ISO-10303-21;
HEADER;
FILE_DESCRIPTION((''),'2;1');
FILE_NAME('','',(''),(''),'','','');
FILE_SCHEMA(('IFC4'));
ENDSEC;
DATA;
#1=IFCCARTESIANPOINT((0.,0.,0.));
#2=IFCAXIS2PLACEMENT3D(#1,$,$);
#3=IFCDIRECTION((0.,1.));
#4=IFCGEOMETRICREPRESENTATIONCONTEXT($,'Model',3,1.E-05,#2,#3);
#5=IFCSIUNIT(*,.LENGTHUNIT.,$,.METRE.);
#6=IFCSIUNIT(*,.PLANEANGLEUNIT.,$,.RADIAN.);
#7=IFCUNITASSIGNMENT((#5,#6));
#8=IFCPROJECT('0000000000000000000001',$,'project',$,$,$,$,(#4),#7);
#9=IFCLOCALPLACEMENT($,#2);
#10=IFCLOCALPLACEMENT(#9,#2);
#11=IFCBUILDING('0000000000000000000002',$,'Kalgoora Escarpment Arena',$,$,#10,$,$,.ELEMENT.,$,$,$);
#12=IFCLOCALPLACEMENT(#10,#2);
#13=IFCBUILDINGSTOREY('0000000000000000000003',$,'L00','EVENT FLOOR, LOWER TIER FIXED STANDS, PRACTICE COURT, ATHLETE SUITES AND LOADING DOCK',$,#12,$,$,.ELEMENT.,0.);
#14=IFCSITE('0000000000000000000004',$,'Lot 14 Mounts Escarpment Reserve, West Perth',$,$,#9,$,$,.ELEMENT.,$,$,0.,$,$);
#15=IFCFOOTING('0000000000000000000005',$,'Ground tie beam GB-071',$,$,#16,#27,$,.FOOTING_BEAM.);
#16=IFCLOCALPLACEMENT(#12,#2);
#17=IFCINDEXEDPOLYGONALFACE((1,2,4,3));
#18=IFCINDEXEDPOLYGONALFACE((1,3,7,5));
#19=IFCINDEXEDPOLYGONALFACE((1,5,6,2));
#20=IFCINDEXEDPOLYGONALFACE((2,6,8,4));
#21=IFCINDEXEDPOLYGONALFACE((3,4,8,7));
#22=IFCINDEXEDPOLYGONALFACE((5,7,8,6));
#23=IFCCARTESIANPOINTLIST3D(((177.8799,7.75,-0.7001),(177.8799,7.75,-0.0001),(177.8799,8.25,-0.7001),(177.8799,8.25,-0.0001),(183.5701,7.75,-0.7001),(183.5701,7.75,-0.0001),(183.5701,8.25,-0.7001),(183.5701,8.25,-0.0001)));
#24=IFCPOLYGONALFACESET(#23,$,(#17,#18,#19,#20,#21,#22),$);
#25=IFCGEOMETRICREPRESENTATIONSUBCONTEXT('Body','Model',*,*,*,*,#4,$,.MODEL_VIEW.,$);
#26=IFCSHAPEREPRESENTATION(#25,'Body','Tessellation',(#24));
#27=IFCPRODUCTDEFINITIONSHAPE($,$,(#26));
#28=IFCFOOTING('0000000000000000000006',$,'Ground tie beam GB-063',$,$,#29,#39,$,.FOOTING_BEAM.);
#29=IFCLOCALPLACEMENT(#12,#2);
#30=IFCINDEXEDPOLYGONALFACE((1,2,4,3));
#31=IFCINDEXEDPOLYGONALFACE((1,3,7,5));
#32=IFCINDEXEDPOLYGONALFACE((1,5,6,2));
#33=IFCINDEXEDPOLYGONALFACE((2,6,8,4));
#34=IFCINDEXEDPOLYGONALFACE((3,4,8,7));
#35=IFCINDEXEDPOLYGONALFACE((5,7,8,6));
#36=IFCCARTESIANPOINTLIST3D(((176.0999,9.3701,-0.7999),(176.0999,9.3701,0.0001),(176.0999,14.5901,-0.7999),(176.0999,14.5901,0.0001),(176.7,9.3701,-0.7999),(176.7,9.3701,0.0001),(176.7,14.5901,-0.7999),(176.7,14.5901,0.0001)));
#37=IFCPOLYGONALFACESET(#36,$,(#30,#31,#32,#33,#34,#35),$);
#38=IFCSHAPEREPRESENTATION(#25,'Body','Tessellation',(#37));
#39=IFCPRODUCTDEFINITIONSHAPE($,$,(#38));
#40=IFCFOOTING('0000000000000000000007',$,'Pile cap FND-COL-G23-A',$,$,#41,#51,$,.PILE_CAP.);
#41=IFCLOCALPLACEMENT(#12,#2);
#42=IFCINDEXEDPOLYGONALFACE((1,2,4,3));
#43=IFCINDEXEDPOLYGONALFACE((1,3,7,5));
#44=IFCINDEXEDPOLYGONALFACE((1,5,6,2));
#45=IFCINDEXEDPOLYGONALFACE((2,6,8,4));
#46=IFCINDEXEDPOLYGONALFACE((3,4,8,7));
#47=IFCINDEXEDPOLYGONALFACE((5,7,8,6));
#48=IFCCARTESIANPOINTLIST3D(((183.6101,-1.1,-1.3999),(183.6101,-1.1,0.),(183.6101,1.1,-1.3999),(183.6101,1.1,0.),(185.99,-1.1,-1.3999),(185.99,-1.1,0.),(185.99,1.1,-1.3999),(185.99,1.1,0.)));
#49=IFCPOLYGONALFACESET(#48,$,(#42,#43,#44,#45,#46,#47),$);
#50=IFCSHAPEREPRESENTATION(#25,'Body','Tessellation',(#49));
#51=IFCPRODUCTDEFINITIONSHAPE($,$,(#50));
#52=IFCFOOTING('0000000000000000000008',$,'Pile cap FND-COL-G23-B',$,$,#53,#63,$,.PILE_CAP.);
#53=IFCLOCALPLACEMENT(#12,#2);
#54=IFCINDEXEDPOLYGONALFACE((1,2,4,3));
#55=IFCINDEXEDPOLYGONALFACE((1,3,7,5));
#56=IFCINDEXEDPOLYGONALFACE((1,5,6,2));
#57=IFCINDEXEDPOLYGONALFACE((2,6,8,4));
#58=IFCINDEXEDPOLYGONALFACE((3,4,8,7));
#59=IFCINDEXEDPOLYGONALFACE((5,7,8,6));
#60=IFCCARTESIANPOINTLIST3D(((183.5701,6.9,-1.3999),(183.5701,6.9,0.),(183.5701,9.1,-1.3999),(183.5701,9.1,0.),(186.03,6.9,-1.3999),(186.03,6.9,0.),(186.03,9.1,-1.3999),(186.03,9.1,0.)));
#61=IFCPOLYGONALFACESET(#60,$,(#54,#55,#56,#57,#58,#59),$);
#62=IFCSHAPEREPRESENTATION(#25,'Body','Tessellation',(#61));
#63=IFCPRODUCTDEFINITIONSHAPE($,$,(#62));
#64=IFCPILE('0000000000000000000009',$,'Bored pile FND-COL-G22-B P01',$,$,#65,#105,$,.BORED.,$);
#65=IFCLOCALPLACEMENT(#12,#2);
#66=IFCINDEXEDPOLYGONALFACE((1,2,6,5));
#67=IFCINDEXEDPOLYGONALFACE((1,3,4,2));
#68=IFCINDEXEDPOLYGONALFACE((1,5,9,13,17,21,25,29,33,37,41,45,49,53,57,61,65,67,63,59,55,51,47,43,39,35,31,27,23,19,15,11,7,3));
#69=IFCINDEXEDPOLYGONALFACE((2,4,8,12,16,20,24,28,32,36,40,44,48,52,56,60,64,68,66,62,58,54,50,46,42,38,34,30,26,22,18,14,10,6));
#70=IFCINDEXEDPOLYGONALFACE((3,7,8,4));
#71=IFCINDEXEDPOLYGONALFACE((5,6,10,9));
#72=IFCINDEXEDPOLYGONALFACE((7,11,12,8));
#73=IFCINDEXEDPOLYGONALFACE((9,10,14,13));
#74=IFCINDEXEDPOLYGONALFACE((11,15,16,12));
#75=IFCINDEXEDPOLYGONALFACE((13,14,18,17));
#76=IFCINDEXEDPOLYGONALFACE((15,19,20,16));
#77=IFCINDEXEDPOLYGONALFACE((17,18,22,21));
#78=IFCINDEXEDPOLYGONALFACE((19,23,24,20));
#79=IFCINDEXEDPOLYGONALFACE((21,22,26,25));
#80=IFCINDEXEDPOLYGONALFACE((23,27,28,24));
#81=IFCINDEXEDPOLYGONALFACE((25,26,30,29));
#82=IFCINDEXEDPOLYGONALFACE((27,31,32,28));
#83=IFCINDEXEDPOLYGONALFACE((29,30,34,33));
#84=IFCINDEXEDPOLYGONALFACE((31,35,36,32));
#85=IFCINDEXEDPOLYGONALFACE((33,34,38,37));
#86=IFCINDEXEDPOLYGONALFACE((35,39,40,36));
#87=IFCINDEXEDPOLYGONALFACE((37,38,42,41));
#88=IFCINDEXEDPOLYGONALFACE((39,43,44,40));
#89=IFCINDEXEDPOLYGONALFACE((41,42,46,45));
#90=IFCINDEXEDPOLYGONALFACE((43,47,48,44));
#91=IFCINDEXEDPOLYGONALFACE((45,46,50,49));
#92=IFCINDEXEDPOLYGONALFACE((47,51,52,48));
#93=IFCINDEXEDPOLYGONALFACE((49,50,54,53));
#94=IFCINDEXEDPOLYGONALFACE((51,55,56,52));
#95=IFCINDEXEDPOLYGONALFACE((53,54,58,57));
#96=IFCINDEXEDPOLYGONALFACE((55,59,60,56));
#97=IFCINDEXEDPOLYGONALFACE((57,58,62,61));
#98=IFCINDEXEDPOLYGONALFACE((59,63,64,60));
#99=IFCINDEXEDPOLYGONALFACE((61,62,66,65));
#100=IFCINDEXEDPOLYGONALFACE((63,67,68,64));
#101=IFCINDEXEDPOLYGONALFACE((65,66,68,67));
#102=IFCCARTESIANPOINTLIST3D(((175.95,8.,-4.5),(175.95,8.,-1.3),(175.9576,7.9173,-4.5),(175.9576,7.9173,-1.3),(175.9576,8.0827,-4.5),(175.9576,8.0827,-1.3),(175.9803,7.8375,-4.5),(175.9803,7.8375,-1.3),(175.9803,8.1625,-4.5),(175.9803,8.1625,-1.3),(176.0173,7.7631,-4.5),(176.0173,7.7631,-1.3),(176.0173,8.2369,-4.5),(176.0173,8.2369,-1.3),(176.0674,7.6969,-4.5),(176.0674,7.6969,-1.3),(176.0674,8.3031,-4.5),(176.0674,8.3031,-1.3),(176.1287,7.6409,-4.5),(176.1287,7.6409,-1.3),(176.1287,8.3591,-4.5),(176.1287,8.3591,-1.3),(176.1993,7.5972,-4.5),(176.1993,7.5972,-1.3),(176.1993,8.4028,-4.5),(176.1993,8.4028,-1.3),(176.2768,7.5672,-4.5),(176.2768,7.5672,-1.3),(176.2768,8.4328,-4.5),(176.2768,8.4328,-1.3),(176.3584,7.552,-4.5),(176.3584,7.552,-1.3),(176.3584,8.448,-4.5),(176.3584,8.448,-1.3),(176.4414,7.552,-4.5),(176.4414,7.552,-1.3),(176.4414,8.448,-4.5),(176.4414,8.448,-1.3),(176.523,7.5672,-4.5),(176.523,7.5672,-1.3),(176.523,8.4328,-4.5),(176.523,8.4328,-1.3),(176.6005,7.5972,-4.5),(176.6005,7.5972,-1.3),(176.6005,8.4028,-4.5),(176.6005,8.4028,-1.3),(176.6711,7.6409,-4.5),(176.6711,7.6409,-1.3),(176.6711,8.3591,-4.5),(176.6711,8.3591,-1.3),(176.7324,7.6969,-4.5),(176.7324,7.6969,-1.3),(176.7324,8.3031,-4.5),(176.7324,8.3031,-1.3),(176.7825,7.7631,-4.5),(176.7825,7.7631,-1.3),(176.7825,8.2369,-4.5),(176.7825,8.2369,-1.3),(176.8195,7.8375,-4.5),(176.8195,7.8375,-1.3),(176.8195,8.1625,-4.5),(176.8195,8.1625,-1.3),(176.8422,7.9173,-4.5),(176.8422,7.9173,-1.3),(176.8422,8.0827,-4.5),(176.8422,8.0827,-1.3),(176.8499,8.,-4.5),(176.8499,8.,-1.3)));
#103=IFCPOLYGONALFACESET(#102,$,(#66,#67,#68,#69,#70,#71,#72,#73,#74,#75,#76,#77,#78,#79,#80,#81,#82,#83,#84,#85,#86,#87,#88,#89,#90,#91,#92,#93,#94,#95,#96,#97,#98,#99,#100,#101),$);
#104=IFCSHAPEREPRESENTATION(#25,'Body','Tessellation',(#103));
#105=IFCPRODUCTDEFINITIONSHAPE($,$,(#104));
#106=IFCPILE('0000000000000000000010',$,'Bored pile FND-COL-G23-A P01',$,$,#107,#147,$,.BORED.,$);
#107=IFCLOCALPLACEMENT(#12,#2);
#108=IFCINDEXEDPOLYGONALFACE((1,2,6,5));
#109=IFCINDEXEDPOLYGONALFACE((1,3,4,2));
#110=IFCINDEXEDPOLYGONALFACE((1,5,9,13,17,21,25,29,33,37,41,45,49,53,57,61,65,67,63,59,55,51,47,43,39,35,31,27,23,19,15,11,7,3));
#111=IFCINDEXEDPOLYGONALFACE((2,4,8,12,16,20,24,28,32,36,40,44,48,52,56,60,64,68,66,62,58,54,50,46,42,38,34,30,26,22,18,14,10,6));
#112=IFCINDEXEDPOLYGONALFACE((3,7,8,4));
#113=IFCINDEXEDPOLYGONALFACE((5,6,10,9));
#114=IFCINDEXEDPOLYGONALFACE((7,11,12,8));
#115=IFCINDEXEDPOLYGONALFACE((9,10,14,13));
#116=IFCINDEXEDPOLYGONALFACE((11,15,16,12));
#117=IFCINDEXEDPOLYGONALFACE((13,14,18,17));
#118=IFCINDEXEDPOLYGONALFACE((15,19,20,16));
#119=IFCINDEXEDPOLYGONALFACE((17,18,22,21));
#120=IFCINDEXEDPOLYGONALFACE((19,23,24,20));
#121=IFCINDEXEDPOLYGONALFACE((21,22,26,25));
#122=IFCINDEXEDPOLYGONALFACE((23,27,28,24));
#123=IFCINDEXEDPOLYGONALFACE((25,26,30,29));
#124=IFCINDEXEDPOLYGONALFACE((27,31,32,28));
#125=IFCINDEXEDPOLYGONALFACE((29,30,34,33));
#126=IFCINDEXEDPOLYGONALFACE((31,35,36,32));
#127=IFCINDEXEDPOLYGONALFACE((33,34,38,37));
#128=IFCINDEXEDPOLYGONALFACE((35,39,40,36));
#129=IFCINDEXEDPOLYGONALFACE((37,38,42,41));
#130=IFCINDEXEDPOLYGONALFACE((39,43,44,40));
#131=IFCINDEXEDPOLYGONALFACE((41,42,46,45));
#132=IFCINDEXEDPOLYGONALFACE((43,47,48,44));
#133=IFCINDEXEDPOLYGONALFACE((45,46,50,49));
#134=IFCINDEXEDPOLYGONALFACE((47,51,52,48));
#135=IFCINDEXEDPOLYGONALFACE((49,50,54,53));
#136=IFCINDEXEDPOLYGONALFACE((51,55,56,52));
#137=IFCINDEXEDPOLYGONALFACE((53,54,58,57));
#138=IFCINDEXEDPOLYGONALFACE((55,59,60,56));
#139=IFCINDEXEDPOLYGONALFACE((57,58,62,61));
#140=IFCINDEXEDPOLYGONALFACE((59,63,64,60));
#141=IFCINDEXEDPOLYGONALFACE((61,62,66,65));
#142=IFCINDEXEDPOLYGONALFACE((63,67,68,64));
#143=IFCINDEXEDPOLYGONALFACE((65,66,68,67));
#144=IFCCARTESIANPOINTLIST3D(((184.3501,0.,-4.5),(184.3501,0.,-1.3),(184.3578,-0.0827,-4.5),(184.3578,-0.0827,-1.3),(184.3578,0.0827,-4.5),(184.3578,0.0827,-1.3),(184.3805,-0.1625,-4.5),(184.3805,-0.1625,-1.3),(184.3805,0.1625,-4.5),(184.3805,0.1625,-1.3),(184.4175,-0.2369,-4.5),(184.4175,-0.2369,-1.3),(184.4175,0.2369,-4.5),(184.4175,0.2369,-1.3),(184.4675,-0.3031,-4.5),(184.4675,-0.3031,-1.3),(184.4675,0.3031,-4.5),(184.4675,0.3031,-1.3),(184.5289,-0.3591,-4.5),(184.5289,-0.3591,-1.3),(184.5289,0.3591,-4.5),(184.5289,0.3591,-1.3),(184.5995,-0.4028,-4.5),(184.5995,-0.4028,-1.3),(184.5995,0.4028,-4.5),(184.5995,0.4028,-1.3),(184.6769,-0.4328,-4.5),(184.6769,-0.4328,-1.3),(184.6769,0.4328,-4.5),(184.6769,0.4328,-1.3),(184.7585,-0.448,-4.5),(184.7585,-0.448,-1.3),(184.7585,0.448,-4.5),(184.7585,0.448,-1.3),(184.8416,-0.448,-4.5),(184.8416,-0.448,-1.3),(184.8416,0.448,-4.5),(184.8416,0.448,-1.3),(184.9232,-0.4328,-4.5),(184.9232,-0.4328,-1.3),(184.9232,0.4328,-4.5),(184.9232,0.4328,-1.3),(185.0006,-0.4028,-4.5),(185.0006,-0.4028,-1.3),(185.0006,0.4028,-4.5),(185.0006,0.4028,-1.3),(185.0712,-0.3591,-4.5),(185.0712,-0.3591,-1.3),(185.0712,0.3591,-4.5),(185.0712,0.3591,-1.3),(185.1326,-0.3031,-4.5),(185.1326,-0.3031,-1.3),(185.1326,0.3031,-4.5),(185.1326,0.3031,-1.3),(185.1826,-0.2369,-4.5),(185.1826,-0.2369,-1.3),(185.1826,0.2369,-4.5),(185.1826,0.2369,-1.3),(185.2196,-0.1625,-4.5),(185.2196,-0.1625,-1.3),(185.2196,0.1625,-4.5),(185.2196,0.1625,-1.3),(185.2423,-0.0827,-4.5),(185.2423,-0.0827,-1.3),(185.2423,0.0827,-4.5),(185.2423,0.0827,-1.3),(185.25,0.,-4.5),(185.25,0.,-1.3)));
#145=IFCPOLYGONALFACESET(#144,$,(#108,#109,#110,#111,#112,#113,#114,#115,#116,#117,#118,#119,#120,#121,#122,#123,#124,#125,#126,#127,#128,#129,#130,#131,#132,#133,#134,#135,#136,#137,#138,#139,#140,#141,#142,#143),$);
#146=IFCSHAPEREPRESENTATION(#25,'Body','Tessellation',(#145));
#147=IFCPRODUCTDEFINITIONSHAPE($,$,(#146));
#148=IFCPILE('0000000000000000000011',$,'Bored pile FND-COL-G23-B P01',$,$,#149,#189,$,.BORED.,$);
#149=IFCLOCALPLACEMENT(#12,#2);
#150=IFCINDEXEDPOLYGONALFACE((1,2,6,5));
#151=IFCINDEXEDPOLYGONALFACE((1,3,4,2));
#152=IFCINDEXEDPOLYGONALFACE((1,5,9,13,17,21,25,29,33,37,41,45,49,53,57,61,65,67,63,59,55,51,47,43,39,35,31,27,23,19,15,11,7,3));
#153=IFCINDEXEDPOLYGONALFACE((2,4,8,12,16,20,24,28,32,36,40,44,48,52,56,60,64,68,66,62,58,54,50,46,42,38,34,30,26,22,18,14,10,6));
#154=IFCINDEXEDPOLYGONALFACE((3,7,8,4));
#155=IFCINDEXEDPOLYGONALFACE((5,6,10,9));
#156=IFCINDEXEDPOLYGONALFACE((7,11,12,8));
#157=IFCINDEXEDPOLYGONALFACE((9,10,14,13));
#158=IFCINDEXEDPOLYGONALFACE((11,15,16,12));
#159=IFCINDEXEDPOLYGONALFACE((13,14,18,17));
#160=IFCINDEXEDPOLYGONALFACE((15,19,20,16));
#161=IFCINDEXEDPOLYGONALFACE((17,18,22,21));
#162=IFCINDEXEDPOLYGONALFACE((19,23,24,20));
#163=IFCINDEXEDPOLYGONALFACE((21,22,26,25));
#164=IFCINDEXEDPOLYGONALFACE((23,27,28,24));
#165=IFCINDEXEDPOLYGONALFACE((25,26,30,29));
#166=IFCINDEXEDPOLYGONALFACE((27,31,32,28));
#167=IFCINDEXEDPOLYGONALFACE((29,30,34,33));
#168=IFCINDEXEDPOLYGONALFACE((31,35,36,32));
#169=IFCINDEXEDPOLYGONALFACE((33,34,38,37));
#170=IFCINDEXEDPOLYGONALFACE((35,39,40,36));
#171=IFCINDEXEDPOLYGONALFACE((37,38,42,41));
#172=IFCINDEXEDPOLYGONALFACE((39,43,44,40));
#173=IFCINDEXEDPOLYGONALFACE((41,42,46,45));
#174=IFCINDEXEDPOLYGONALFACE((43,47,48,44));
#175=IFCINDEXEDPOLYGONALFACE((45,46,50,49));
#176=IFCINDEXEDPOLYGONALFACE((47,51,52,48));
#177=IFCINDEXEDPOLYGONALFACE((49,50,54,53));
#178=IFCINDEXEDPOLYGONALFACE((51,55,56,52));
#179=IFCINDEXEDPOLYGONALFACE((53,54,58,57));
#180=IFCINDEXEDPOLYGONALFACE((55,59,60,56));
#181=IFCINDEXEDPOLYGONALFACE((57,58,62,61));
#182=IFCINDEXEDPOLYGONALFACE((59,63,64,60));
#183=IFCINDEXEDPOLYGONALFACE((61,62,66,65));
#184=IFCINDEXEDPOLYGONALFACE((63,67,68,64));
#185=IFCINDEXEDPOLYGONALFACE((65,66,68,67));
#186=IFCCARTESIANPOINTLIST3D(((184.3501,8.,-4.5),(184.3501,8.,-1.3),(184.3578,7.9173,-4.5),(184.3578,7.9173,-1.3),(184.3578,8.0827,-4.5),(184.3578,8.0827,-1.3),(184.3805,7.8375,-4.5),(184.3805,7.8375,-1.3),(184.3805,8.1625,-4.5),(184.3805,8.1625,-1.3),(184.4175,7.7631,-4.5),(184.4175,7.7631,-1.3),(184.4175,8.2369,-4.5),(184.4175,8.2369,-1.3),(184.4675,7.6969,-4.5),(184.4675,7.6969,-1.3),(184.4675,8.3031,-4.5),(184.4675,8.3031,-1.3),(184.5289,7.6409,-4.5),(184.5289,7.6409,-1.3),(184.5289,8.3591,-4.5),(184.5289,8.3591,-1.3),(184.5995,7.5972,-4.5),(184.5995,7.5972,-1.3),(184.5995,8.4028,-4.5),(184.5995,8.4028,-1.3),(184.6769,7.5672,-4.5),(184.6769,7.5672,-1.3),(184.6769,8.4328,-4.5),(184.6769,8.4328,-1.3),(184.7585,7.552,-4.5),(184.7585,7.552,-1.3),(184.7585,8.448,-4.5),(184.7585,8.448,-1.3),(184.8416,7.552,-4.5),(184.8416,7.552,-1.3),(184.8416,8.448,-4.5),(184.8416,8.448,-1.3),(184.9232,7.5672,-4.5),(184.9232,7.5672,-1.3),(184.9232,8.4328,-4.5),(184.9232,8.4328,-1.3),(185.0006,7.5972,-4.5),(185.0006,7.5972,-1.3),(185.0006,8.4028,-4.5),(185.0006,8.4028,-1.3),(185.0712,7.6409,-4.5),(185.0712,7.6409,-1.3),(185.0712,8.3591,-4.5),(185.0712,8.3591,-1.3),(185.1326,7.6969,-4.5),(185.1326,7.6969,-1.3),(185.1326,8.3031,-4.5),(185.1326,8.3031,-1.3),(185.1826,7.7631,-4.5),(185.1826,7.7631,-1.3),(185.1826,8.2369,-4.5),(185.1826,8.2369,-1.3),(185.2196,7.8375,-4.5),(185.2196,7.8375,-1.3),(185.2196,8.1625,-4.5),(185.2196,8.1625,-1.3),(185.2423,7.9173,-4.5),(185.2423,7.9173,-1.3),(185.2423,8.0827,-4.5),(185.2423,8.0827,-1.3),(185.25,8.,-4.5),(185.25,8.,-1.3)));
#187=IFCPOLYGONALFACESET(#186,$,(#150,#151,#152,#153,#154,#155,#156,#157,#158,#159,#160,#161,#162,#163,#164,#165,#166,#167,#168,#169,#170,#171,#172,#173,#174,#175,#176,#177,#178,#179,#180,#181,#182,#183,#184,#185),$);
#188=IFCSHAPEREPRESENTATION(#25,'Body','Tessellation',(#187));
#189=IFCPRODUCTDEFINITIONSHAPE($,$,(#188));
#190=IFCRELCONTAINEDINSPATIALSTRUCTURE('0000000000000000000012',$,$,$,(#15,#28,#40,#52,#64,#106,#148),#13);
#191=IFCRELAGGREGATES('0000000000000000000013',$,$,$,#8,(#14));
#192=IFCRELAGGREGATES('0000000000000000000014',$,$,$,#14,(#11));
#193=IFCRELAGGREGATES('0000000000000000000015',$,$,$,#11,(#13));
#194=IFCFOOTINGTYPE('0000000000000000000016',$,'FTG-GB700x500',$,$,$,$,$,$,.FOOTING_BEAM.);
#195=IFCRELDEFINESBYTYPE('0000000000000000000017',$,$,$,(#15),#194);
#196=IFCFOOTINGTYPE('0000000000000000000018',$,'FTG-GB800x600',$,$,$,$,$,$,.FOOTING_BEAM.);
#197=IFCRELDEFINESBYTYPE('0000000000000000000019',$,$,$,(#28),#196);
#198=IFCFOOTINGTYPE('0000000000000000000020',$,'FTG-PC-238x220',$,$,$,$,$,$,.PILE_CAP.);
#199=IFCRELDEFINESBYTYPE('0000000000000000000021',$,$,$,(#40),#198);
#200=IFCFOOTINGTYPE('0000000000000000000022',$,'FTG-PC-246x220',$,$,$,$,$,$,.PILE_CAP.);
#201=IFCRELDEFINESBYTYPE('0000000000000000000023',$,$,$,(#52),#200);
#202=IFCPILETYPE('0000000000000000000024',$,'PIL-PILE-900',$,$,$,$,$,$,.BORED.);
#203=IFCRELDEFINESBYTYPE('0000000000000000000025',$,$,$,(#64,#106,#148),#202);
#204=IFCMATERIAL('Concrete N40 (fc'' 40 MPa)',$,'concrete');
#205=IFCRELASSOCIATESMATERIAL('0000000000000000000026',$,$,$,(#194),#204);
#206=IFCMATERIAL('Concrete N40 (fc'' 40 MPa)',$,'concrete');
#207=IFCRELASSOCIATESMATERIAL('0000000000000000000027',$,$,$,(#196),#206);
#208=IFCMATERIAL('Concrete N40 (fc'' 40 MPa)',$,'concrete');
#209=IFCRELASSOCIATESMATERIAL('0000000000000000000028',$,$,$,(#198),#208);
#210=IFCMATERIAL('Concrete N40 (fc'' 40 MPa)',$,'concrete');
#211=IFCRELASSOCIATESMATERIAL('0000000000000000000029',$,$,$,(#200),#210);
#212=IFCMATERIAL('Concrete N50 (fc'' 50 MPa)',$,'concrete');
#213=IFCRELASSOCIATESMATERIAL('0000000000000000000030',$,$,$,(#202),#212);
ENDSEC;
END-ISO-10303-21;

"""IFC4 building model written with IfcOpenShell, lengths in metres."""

from ifc_helpers import new_model, si_unit, direction, frame, origin, origin_2d, place, context, subcontext, project, spatial, rectangle, circle, extrude, material, material_profile, profile_set, type_object, element, save


model = new_model("IFC4")

# Units and contexts
model_context = context("Model", 3, precision=1e-05, world=origin(), true_north=direction((0.0, 1.0)))
body_context = subcontext(model_context, "Body", "Model", "MODEL_VIEW")
ifc_project = project(units=[si_unit("LENGTHUNIT", "METRE"), si_unit("PLANEANGLEUNIT", "RADIAN")], contexts=[model_context])

# Site, building, storey
site_placement = place(None, origin())
site = spatial("IfcSite", under=ifc_project, at=site_placement, Name="Lot 14 Mounts Escarpment Reserve, West Perth", CompositionType="ELEMENT", RefElevation=0.0)
building_placement = place(site_placement, origin())
building = spatial("IfcBuilding", under=site, at=building_placement, Name="Kalgoora Escarpment Arena", CompositionType="ELEMENT")
storey_placement = place(building_placement, origin())
storey = spatial("IfcBuildingStorey", under=building, at=storey_placement, Name="L00", Description="EVENT FLOOR, LOWER TIER FIXED STANDS, PRACTICE COURT, ATHLETE SUITES AND LOADING DOCK", CompositionType="ELEMENT", Elevation=0.0)

# Footings
ifc_material_1 = material(Name="Concrete N40 (fc' 40 MPa)", Category="concrete")
ifc_material_profile_1 = material_profile(ifc_material_1, rectangle(XDim=0.5, YDim=0.7, at=origin_2d()))
ifc_profile_set_1 = profile_set([ifc_material_profile_1], Name="Concrete N40 (fc' 40 MPa)")
footing_type_1 = type_object("IfcFootingType", Name="FTG-GB700x500", PredefinedType="FOOTING_BEAM", material=ifc_profile_set_1)
footing_1_placement = place(storey_placement, frame((177.8799, 8.0, -0.3501), z_axis=(1.0, 0.0, 0.0), x_axis=(0.0, 1.0, 0.0)))
element("IfcFooting", 1, at=footing_1_placement, inside=storey, type_object=footing_type_1, Name="Ground tie beam GB-071", PredefinedType="FOOTING_BEAM", context=body_context, shape_type="SweptSolid", body=[
    extrude(rectangle(XDim=0.5, YDim=0.7, at=origin_2d()), origin(), (0.0, 0.0, 1.0), 5.6902),
])
ifc_material_2 = material(Name="Concrete N40 (fc' 40 MPa)", Category="concrete")
ifc_material_profile_2 = material_profile(ifc_material_2, rectangle(XDim=0.6001, YDim=0.8, at=origin_2d()))
ifc_profile_set_2 = profile_set([ifc_material_profile_2], Name="Concrete N40 (fc' 40 MPa)")
footing_type_2 = type_object("IfcFootingType", Name="FTG-GB800x600", PredefinedType="FOOTING_BEAM", material=ifc_profile_set_2)
footing_2_placement = place(storey_placement, frame((176.3999, 9.3701, -0.3999), z_axis=(0.0, 1.0, 0.0), x_axis=(-1.0, 0.0, 0.0)))
element("IfcFooting", 2, at=footing_2_placement, inside=storey, type_object=footing_type_2, Name="Ground tie beam GB-063", PredefinedType="FOOTING_BEAM", context=body_context, shape_type="SweptSolid", body=[
    extrude(rectangle(XDim=0.6001, YDim=0.8, at=origin_2d()), origin(), (0.0, 0.0, 1.0), 5.22),
])
ifc_material_3 = material(Name="Concrete N40 (fc' 40 MPa)", Category="concrete")
footing_type_3 = type_object("IfcFootingType", Name="FTG-PC-238x220", PredefinedType="PILE_CAP", material=ifc_material_3)
footing_3_placement = place(storey_placement, frame((184.8, 0.0, -1.3999), z_axis=(0.0, 0.0, 1.0), x_axis=(1.0, 0.0, 0.0)))
element("IfcFooting", 3, at=footing_3_placement, inside=storey, type_object=footing_type_3, Name="Pile cap FND-COL-G23-A", PredefinedType="PILE_CAP", context=body_context, shape_type="SweptSolid", body=[
    extrude(rectangle(XDim=2.3799, YDim=2.2, at=origin_2d()), origin(), (0.0, 0.0, 1.0), 1.3999),
])
ifc_material_4 = material(Name="Concrete N40 (fc' 40 MPa)", Category="concrete")
footing_type_4 = type_object("IfcFootingType", Name="FTG-PC-246x220", PredefinedType="PILE_CAP", material=ifc_material_4)
footing_4_placement = place(storey_placement, frame((184.8, 8.0, -1.3999), z_axis=(0.0, 0.0, 1.0), x_axis=(1.0, 0.0, 0.0)))
element("IfcFooting", 4, at=footing_4_placement, inside=storey, type_object=footing_type_4, Name="Pile cap FND-COL-G23-B", PredefinedType="PILE_CAP", context=body_context, shape_type="SweptSolid", body=[
    extrude(rectangle(XDim=2.46, YDim=2.2, at=origin_2d()), origin(), (0.0, 0.0, 1.0), 1.3999),
])

# Piles
ifc_material_5 = material(Name="Concrete N50 (fc' 50 MPa)", Category="concrete")
ifc_material_profile_3 = material_profile(ifc_material_5, circle(Radius=0.45, at=origin_2d()))
ifc_profile_set_3 = profile_set([ifc_material_profile_3], Name="Concrete N50 (fc' 50 MPa)")
pile_type = type_object("IfcPileType", Name="PIL-PILE-900", PredefinedType="BORED", material=ifc_profile_set_3)
for number, where, z_axis, x_axis, name in (
    (5, (176.3999, 8.0, -1.3), (0.0, 0.0, -1.0), (1.0, 0.0, 0.0), "Bored pile FND-COL-G22-B P01"),
    (6, (184.8, 0.0, -1.3), (0.0, 0.0, -1.0), (1.0, 0.0, 0.0), "Bored pile FND-COL-G23-A P01"),
    (7, (184.8, 8.0, -1.3), (0.0, 0.0, -1.0), (1.0, 0.0, 0.0), "Bored pile FND-COL-G23-B P01"),
):
    element("IfcPile", number, at=place(storey_placement, frame(where, z_axis=z_axis, x_axis=x_axis)), inside=storey, type_object=pile_type, Name=name, PredefinedType="BORED", context=body_context, shape_type="SweptSolid", body=[
        extrude(circle(Radius=0.45, at=origin_2d()), origin(), (0.0, 0.0, 1.0), 3.2),
    ])

save(model, "model.ifc")
